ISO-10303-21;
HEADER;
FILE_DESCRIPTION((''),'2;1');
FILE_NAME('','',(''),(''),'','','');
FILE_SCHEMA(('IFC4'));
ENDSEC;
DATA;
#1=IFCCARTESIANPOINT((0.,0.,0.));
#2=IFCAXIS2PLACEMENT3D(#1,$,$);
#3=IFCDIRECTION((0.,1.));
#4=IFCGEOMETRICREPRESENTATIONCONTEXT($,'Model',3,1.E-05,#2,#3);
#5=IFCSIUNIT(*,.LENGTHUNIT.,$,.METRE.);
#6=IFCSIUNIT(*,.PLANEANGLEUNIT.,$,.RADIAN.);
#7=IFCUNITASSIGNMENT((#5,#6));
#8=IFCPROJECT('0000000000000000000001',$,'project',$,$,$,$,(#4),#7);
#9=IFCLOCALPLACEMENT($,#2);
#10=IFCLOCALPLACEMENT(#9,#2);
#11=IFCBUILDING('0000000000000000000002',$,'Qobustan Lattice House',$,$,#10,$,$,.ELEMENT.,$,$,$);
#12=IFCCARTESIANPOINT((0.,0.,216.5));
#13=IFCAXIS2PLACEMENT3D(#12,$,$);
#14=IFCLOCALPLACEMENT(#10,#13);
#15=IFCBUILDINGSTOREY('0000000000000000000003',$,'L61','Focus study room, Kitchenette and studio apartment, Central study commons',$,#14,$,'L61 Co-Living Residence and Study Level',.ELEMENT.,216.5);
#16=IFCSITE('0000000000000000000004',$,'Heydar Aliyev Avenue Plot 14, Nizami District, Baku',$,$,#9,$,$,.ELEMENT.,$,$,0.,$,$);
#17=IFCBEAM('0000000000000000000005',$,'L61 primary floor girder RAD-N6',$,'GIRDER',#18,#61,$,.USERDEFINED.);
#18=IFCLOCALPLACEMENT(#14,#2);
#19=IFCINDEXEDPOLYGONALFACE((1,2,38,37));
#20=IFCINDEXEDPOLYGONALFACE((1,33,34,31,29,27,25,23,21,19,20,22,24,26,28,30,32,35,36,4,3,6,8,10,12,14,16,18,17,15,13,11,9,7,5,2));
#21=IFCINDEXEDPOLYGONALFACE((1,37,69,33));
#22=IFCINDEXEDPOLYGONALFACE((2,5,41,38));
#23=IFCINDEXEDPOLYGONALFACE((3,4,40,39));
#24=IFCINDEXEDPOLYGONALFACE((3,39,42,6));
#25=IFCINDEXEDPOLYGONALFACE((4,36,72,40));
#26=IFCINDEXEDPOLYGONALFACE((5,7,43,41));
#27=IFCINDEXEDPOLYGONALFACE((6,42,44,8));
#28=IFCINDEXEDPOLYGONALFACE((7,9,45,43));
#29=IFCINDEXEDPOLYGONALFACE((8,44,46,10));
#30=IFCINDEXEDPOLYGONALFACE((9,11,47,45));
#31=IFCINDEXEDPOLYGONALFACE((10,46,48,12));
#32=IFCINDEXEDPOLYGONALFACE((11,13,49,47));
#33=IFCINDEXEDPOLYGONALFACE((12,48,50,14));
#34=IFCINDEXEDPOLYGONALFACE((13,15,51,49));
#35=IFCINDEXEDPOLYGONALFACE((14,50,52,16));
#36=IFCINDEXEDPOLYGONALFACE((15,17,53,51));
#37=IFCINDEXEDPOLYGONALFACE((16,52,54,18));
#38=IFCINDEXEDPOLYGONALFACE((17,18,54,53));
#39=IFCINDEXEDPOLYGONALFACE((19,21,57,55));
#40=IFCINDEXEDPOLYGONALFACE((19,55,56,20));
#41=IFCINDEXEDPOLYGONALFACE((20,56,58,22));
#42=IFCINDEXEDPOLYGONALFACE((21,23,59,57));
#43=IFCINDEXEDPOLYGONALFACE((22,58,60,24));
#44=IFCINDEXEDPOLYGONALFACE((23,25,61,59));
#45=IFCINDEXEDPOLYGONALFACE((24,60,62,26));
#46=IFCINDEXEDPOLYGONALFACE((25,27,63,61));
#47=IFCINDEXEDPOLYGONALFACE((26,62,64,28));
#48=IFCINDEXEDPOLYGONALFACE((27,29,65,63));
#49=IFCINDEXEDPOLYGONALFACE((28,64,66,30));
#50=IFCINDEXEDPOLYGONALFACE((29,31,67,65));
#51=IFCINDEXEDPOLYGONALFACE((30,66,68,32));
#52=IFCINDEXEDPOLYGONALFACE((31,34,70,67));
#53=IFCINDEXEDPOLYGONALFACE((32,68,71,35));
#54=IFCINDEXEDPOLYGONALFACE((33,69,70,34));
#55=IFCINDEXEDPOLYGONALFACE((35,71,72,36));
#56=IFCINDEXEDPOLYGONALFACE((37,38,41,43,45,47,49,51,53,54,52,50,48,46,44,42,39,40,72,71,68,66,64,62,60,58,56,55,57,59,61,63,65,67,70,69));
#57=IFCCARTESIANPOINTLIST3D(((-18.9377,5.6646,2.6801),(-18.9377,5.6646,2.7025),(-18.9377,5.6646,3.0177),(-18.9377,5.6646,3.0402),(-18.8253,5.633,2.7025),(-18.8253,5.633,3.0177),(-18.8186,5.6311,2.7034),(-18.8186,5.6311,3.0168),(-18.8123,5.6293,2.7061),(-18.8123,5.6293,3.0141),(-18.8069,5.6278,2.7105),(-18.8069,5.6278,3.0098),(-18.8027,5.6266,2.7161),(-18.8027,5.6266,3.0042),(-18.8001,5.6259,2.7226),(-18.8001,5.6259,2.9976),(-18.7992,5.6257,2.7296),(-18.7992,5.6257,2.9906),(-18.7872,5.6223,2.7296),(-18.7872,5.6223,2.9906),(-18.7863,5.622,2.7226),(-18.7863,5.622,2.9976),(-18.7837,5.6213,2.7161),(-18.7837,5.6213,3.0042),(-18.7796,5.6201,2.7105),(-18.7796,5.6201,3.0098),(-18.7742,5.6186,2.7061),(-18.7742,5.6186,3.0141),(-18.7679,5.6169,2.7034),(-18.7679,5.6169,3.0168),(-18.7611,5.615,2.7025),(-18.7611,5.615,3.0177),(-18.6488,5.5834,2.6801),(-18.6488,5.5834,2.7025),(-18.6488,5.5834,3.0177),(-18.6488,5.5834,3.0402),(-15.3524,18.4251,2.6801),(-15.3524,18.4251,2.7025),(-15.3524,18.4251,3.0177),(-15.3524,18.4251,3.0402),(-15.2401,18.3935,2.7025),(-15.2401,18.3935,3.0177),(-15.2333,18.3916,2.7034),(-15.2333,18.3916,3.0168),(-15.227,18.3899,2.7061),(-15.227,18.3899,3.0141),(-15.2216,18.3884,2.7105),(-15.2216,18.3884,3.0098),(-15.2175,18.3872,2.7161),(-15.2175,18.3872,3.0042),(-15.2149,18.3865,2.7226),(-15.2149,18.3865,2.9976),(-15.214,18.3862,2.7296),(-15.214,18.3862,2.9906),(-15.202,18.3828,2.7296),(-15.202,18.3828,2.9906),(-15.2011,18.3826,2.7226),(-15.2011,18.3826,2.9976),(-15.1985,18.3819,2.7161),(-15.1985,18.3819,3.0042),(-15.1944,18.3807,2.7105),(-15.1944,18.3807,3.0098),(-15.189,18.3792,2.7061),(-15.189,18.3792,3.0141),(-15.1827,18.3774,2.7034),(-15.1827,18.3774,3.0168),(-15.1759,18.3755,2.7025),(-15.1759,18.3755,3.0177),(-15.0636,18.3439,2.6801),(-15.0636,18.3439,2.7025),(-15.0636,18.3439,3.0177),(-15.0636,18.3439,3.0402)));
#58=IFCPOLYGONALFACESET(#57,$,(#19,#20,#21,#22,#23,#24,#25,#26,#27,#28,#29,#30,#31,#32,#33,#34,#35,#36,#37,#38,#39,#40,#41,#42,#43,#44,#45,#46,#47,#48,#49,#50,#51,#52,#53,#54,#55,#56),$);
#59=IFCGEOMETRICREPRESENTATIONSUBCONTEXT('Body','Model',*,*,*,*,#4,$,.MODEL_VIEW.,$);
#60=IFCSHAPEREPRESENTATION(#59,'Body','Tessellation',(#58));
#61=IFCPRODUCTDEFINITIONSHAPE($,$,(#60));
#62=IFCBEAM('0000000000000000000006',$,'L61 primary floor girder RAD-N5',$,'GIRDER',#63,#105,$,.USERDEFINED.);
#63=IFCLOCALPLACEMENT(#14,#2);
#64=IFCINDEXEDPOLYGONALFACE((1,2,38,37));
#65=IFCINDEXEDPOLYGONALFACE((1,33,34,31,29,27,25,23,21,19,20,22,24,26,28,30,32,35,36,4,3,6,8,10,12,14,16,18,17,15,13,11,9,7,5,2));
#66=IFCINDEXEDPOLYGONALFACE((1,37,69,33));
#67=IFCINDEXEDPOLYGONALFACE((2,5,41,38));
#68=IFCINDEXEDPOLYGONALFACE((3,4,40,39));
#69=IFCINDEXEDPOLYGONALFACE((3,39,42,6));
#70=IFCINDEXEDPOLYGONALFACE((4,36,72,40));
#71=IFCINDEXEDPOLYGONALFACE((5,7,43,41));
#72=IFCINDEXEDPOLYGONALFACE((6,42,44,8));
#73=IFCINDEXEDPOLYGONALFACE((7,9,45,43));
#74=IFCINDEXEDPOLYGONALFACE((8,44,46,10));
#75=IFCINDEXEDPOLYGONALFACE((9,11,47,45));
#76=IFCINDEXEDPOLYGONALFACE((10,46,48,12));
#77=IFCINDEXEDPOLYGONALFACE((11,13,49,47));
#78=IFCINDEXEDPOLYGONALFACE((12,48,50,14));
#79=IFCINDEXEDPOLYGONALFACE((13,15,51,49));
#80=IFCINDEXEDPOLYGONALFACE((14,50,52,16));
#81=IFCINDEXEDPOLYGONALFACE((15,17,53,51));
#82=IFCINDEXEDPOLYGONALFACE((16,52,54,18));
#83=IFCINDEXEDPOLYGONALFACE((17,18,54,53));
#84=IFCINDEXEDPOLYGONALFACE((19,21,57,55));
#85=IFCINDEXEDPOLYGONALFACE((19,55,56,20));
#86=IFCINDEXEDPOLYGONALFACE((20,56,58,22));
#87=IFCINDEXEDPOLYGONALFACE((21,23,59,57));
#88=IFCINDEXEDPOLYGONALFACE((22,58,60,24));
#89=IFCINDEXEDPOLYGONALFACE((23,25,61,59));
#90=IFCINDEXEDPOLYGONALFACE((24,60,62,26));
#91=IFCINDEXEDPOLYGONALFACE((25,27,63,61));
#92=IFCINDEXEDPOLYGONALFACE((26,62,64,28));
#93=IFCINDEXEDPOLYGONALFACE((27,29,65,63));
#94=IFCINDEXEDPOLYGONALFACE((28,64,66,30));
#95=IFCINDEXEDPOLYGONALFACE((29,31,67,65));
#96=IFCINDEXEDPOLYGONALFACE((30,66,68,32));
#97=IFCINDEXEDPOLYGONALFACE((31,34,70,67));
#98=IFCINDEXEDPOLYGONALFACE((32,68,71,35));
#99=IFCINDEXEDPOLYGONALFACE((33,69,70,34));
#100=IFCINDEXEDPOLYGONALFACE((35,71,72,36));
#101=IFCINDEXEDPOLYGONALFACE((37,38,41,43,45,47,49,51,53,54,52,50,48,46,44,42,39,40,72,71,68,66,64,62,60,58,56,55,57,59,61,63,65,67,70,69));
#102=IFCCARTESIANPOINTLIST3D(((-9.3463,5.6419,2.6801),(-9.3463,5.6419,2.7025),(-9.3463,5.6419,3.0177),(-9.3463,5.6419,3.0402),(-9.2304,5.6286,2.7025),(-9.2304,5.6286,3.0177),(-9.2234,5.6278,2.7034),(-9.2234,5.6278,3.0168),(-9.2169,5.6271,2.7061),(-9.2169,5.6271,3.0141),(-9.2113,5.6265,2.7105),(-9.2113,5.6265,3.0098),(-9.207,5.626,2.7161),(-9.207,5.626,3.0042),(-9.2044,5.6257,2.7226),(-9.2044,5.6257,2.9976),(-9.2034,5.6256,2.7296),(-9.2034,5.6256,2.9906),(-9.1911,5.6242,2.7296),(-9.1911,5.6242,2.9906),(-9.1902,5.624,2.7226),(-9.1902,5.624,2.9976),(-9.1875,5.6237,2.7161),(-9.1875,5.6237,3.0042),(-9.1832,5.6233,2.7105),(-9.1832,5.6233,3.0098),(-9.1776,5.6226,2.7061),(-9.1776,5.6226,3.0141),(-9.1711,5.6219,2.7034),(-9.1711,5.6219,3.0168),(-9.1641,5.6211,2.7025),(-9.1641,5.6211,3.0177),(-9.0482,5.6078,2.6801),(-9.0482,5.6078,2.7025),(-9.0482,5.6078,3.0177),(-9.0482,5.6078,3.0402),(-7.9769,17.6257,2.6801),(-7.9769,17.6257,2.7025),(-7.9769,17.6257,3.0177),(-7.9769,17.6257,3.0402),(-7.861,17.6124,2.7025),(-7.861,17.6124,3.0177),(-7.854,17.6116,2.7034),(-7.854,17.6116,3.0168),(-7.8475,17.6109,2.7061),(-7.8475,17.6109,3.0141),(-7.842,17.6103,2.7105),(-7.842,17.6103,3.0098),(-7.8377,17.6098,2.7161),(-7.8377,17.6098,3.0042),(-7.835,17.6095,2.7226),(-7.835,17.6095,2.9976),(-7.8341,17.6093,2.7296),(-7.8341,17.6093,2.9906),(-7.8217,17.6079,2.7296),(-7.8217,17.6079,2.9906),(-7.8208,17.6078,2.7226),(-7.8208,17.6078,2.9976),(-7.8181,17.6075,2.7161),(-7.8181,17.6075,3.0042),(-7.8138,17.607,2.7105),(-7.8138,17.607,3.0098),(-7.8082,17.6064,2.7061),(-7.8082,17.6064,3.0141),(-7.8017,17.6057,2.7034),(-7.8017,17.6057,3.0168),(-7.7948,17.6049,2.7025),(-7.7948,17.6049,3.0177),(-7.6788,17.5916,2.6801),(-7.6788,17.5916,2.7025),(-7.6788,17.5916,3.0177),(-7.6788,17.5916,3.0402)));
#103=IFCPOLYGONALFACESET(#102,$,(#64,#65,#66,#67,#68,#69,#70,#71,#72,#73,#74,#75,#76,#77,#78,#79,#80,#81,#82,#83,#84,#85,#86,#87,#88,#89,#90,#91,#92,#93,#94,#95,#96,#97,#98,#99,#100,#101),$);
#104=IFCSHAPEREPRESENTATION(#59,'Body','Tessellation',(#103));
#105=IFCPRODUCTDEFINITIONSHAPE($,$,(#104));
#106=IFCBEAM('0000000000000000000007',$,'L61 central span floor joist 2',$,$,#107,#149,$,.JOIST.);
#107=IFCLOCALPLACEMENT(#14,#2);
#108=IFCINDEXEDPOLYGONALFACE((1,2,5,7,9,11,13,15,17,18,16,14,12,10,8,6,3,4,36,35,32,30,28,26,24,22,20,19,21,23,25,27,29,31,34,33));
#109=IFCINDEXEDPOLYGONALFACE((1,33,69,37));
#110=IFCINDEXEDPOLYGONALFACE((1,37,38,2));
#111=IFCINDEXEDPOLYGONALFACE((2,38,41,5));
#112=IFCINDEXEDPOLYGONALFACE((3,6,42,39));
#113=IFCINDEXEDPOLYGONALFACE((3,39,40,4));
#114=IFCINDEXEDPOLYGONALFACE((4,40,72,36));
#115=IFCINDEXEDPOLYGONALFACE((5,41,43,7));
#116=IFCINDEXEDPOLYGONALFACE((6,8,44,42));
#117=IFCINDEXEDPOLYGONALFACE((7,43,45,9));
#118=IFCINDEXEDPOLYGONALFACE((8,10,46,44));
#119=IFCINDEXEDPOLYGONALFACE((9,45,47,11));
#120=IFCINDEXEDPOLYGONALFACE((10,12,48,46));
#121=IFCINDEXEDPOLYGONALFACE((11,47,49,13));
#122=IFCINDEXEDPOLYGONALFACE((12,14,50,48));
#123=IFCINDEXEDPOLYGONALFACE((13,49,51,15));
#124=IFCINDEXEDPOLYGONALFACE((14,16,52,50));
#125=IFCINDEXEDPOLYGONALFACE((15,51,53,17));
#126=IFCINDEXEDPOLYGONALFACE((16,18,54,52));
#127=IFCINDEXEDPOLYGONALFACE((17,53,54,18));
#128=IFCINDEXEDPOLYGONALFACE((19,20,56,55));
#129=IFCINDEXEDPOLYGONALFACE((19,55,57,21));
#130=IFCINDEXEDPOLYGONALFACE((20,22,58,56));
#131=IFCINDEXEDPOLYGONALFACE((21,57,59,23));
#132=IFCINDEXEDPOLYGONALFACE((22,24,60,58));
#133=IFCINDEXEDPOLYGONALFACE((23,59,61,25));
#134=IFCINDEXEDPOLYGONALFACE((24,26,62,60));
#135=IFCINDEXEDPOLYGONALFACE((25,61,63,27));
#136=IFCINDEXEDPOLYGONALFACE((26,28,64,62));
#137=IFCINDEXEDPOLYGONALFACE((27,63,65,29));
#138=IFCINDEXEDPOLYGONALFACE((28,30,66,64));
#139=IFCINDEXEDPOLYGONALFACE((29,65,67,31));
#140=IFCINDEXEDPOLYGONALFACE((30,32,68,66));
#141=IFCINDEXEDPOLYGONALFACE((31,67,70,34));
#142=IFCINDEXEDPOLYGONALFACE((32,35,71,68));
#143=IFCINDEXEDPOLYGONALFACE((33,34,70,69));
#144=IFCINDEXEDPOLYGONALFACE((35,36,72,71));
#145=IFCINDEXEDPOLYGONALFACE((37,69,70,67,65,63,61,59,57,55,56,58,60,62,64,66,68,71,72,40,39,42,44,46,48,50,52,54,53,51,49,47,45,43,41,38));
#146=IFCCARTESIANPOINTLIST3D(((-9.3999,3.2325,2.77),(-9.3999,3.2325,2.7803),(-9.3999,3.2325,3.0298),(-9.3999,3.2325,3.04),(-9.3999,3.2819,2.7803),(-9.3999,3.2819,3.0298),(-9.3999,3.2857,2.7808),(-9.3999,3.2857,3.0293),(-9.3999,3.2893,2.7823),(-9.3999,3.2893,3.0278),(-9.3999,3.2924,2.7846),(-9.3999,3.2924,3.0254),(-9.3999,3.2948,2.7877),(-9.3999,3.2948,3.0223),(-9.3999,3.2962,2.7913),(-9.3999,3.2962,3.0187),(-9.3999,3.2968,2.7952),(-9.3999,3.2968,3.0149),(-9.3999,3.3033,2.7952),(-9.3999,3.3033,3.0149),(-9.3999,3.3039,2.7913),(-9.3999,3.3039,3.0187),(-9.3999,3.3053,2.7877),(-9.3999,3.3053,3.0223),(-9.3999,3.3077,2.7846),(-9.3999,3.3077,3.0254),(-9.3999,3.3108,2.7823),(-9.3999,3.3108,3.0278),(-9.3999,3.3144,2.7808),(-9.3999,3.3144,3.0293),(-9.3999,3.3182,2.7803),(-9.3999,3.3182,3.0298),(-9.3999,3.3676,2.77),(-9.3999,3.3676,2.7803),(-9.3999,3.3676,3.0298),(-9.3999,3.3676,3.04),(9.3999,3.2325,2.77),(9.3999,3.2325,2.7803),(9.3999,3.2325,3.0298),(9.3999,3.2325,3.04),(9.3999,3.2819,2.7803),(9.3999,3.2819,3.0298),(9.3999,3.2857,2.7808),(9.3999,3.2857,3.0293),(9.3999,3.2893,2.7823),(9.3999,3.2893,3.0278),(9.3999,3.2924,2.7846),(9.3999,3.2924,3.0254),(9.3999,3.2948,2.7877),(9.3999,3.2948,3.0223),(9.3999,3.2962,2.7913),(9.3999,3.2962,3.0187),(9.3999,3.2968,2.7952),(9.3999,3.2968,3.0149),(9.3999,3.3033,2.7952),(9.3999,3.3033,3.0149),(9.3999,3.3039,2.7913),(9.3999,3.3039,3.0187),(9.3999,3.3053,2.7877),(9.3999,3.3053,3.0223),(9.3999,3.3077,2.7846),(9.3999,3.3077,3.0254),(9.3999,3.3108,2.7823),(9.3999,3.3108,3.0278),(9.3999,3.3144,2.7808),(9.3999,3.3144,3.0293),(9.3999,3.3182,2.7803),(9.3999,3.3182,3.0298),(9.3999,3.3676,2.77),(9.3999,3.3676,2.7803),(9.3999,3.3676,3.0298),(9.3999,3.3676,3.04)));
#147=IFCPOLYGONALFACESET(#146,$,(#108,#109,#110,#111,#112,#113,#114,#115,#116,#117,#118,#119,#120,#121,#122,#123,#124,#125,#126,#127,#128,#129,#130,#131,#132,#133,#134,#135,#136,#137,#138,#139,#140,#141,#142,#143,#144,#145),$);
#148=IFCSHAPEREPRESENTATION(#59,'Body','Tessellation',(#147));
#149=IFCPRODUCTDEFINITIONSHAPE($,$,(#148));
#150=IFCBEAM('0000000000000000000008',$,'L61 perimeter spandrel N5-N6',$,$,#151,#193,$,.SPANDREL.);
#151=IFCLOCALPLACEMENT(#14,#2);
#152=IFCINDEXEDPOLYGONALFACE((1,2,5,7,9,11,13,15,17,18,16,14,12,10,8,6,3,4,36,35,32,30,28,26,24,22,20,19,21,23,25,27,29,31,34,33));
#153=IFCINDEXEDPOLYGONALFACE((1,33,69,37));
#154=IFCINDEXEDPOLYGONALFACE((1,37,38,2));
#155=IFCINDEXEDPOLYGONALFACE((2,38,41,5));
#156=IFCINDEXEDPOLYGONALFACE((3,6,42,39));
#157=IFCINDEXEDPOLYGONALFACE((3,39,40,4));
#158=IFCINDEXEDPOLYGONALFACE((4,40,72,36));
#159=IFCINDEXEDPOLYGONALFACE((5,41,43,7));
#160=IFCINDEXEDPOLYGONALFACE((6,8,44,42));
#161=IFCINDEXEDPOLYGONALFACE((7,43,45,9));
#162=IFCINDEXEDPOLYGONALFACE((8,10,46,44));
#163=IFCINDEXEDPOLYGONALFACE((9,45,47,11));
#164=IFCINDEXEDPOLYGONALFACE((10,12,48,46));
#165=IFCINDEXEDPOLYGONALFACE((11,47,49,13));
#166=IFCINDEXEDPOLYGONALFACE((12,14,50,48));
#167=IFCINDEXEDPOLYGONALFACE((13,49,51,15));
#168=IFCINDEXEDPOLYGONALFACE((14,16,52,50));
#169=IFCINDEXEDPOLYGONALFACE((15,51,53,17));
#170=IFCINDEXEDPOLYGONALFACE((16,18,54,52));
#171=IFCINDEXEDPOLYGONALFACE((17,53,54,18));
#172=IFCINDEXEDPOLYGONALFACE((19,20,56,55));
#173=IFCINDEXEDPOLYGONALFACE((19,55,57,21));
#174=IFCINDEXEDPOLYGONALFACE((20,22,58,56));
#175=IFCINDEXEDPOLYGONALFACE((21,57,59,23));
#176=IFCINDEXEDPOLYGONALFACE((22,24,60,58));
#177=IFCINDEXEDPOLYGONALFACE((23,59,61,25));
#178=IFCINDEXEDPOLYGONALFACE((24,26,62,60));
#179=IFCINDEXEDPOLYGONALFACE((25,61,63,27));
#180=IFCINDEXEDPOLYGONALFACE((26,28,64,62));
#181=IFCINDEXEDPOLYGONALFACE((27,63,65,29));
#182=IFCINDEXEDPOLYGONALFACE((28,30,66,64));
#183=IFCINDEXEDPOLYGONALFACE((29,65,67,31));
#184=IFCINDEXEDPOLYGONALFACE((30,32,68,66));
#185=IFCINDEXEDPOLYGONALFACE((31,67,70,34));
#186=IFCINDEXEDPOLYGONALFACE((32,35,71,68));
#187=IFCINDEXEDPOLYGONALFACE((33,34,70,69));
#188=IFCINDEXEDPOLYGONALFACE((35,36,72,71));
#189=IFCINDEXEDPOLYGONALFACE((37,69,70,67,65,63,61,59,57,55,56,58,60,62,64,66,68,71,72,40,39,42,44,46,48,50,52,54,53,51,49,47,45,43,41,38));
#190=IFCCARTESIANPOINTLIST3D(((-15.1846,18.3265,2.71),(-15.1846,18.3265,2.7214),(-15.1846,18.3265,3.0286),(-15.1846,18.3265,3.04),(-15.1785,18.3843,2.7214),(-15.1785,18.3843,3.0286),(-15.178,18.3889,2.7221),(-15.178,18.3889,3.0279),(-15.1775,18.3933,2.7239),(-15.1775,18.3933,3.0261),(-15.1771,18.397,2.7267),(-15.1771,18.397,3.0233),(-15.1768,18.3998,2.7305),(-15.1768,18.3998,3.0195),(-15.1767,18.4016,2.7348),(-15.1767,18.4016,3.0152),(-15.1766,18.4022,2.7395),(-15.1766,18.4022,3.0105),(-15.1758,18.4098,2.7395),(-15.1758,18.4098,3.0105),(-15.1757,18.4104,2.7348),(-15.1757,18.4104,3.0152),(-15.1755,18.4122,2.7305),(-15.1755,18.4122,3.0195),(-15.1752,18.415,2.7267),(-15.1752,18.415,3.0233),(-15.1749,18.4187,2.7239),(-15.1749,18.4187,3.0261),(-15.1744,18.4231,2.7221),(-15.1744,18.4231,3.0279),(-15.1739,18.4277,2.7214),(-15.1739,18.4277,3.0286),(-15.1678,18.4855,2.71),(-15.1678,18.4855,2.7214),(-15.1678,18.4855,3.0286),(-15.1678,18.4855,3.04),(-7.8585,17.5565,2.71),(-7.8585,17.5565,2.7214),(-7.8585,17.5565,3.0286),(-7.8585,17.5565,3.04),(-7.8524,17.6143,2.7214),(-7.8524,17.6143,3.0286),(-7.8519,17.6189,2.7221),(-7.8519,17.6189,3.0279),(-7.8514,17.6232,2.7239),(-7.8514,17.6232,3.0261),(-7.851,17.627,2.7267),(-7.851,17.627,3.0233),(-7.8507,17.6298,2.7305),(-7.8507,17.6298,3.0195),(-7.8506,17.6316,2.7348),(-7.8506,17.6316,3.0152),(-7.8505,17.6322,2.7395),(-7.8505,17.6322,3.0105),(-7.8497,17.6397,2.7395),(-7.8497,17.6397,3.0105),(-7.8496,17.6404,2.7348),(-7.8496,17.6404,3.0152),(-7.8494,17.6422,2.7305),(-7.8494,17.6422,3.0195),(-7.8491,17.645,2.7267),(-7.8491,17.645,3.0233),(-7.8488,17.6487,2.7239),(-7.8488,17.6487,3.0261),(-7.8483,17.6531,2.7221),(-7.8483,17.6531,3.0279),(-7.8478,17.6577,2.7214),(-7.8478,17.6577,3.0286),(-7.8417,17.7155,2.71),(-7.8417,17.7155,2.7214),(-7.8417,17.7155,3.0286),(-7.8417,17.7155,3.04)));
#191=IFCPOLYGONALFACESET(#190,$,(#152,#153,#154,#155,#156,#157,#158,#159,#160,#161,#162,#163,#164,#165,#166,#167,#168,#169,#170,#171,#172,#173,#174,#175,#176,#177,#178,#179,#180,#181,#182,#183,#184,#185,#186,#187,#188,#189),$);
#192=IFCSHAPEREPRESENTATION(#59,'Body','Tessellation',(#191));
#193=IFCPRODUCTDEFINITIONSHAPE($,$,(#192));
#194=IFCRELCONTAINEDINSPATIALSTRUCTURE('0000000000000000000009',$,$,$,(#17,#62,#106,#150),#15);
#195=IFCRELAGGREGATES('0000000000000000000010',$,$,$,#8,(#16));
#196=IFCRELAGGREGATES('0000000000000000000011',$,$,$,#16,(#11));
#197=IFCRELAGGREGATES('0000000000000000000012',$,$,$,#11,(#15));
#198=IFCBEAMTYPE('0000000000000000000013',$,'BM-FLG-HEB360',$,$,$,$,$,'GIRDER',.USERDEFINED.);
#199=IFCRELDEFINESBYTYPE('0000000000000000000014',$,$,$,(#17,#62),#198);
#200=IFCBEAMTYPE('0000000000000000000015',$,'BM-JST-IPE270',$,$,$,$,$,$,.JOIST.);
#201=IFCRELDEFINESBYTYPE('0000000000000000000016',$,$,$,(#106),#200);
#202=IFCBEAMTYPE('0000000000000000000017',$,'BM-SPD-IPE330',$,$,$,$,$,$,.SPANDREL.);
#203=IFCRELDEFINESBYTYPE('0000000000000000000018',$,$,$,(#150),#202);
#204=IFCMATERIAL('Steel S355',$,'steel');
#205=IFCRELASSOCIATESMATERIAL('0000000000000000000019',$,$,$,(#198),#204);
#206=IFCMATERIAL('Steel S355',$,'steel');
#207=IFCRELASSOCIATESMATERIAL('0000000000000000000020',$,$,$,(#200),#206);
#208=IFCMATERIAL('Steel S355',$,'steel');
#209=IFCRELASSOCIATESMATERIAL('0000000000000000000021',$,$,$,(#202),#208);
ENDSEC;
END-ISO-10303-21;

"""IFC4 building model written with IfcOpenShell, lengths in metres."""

from ifc_helpers import new_model, si_unit, direction, frame, origin, origin_2d, place, context, subcontext, project, spatial, i_section, extrude, material, material_profile, profile_set, type_object, element, save


model = new_model("IFC4")

# Units and contexts
model_context = context("Model", 3, precision=1e-05, world=origin(), true_north=direction((0.0, 1.0)))
body_context = subcontext(model_context, "Body", "Model", "MODEL_VIEW")
ifc_project = project(units=[si_unit("LENGTHUNIT", "METRE"), si_unit("PLANEANGLEUNIT", "RADIAN")], contexts=[model_context])

# Site, building, storey
site_placement = place(None, origin())
site = spatial("IfcSite", under=ifc_project, at=site_placement, Name="Heydar Aliyev Avenue Plot 14, Nizami District, Baku", CompositionType="ELEMENT", RefElevation=0.0)
building_placement = place(site_placement, origin())
building = spatial("IfcBuilding", under=site, at=building_placement, Name="Qobustan Lattice House", CompositionType="ELEMENT")
storey_placement = place(building_placement, frame((0.0, 0.0, 216.5)))
storey = spatial("IfcBuildingStorey", under=building, at=storey_placement, Name="L61", Description="Focus study room, Kitchenette and studio apartment, Central study commons", LongName="L61 Co-Living Residence and Study Level", CompositionType="ELEMENT", Elevation=216.5)

# Beams
ifc_material_1 = material(Name="Steel S355", Category="steel")
ifc_material_profile_1 = material_profile(ifc_material_1, i_section(OverallWidth=0.3, OverallDepth=0.3601, WebThickness=0.0125, FlangeThickness=0.0225, FilletRadius=0.0271, at=origin_2d()), Name="HEB360")
ifc_profile_set_1 = profile_set([ifc_material_profile_1], Name="Steel S355")
beam_type_1 = type_object("IfcBeamType", Name="BM-FLG-HEB360", ElementType="GIRDER", PredefinedType="USERDEFINED", material=ifc_profile_set_1)
beam_1_placement = place(storey_placement, frame((-15.208, 18.3845, 2.8601), z_axis=(-0.270488, -0.962723, 0.0), x_axis=(0.962723, -0.270488, 0.0)))
element("IfcBeam", 1, at=beam_1_placement, inside=storey, type_object=beam_type_1, Name="L61 primary floor girder RAD-N6", ObjectType="GIRDER", PredefinedType="USERDEFINED", context=body_context, shape_type="SweptSolid", body=[
    extrude(i_section(OverallWidth=0.3, OverallDepth=0.3601, WebThickness=0.0125, FlangeThickness=0.0225, FilletRadius=0.0271, at=origin_2d()), origin(), (0.0, 0.0, 1.0), 13.2546),
])
beam_2_placement = place(storey_placement, frame((-7.8279, 17.6086, 2.8601), z_axis=(-0.11353, -0.993535, 0.0), x_axis=(0.993535, -0.11353, 0.0)))
element("IfcBeam", 2, at=beam_2_placement, inside=storey, type_object=beam_type_1, Name="L61 primary floor girder RAD-N5", ObjectType="GIRDER", PredefinedType="USERDEFINED", context=body_context, shape_type="SweptSolid", body=[
    extrude(i_section(OverallWidth=0.3, OverallDepth=0.3601, WebThickness=0.0125, FlangeThickness=0.0225, FilletRadius=0.0271, at=origin_2d()), origin(), (0.0, 0.0, 1.0), 12.0618),
])
ifc_material_2 = material(Name="Steel S355", Category="steel")
ifc_material_profile_2 = material_profile(ifc_material_2, i_section(OverallWidth=0.135, OverallDepth=0.27, WebThickness=0.0066, FlangeThickness=0.0103, FilletRadius=0.0149, at=origin_2d()), Name="IPE270")
ifc_profile_set_2 = profile_set([ifc_material_profile_2], Name="Steel S355")
beam_type_2 = type_object("IfcBeamType", Name="BM-JST-IPE270", PredefinedType="JOIST", material=ifc_profile_set_2)
beam_3_placement = place(storey_placement, frame((-9.3999, 3.3, 2.905), z_axis=(1.0, 0.0, 0.0), x_axis=(0.0, 1.0, 0.0)))
element("IfcBeam", 3, at=beam_3_placement, inside=storey, type_object=beam_type_2, Name="L61 central span floor joist 2", PredefinedType="JOIST", context=body_context, shape_type="SweptSolid", body=[
    extrude(i_section(OverallWidth=0.135, OverallDepth=0.27, WebThickness=0.0066, FlangeThickness=0.0103, FilletRadius=0.0149, at=origin_2d()), origin(), (0.0, 0.0, 1.0), 18.7998),
])
ifc_material_3 = material(Name="Steel S355", Category="steel")
ifc_material_profile_3 = material_profile(ifc_material_3, i_section(OverallWidth=0.1599, OverallDepth=0.3301, WebThickness=0.0076, FlangeThickness=0.0115, FilletRadius=0.0181, at=origin_2d()), Name="IPE330")
ifc_profile_set_3 = profile_set([ifc_material_profile_3], Name="Steel S355")
beam_type_3 = type_object("IfcBeamType", Name="BM-SPD-IPE330", PredefinedType="SPANDREL", material=ifc_profile_set_3)
beam_4_placement = place(storey_placement, frame((-7.8501, 17.636, 2.875), z_axis=(-0.994522, 0.10453, 0.0), x_axis=(-0.10453, -0.994522, 0.0)))
element("IfcBeam", 4, at=beam_4_placement, inside=storey, type_object=beam_type_3, Name="L61 perimeter spandrel N5-N6", PredefinedType="SPANDREL", context=body_context, shape_type="SweptSolid", body=[
    extrude(i_section(OverallWidth=0.1599, OverallDepth=0.3301, WebThickness=0.0076, FlangeThickness=0.0115, FilletRadius=0.0181, at=origin_2d()), origin(), (0.0, 0.0, 1.0), 7.3665),
])

save(model, "model.ifc")
